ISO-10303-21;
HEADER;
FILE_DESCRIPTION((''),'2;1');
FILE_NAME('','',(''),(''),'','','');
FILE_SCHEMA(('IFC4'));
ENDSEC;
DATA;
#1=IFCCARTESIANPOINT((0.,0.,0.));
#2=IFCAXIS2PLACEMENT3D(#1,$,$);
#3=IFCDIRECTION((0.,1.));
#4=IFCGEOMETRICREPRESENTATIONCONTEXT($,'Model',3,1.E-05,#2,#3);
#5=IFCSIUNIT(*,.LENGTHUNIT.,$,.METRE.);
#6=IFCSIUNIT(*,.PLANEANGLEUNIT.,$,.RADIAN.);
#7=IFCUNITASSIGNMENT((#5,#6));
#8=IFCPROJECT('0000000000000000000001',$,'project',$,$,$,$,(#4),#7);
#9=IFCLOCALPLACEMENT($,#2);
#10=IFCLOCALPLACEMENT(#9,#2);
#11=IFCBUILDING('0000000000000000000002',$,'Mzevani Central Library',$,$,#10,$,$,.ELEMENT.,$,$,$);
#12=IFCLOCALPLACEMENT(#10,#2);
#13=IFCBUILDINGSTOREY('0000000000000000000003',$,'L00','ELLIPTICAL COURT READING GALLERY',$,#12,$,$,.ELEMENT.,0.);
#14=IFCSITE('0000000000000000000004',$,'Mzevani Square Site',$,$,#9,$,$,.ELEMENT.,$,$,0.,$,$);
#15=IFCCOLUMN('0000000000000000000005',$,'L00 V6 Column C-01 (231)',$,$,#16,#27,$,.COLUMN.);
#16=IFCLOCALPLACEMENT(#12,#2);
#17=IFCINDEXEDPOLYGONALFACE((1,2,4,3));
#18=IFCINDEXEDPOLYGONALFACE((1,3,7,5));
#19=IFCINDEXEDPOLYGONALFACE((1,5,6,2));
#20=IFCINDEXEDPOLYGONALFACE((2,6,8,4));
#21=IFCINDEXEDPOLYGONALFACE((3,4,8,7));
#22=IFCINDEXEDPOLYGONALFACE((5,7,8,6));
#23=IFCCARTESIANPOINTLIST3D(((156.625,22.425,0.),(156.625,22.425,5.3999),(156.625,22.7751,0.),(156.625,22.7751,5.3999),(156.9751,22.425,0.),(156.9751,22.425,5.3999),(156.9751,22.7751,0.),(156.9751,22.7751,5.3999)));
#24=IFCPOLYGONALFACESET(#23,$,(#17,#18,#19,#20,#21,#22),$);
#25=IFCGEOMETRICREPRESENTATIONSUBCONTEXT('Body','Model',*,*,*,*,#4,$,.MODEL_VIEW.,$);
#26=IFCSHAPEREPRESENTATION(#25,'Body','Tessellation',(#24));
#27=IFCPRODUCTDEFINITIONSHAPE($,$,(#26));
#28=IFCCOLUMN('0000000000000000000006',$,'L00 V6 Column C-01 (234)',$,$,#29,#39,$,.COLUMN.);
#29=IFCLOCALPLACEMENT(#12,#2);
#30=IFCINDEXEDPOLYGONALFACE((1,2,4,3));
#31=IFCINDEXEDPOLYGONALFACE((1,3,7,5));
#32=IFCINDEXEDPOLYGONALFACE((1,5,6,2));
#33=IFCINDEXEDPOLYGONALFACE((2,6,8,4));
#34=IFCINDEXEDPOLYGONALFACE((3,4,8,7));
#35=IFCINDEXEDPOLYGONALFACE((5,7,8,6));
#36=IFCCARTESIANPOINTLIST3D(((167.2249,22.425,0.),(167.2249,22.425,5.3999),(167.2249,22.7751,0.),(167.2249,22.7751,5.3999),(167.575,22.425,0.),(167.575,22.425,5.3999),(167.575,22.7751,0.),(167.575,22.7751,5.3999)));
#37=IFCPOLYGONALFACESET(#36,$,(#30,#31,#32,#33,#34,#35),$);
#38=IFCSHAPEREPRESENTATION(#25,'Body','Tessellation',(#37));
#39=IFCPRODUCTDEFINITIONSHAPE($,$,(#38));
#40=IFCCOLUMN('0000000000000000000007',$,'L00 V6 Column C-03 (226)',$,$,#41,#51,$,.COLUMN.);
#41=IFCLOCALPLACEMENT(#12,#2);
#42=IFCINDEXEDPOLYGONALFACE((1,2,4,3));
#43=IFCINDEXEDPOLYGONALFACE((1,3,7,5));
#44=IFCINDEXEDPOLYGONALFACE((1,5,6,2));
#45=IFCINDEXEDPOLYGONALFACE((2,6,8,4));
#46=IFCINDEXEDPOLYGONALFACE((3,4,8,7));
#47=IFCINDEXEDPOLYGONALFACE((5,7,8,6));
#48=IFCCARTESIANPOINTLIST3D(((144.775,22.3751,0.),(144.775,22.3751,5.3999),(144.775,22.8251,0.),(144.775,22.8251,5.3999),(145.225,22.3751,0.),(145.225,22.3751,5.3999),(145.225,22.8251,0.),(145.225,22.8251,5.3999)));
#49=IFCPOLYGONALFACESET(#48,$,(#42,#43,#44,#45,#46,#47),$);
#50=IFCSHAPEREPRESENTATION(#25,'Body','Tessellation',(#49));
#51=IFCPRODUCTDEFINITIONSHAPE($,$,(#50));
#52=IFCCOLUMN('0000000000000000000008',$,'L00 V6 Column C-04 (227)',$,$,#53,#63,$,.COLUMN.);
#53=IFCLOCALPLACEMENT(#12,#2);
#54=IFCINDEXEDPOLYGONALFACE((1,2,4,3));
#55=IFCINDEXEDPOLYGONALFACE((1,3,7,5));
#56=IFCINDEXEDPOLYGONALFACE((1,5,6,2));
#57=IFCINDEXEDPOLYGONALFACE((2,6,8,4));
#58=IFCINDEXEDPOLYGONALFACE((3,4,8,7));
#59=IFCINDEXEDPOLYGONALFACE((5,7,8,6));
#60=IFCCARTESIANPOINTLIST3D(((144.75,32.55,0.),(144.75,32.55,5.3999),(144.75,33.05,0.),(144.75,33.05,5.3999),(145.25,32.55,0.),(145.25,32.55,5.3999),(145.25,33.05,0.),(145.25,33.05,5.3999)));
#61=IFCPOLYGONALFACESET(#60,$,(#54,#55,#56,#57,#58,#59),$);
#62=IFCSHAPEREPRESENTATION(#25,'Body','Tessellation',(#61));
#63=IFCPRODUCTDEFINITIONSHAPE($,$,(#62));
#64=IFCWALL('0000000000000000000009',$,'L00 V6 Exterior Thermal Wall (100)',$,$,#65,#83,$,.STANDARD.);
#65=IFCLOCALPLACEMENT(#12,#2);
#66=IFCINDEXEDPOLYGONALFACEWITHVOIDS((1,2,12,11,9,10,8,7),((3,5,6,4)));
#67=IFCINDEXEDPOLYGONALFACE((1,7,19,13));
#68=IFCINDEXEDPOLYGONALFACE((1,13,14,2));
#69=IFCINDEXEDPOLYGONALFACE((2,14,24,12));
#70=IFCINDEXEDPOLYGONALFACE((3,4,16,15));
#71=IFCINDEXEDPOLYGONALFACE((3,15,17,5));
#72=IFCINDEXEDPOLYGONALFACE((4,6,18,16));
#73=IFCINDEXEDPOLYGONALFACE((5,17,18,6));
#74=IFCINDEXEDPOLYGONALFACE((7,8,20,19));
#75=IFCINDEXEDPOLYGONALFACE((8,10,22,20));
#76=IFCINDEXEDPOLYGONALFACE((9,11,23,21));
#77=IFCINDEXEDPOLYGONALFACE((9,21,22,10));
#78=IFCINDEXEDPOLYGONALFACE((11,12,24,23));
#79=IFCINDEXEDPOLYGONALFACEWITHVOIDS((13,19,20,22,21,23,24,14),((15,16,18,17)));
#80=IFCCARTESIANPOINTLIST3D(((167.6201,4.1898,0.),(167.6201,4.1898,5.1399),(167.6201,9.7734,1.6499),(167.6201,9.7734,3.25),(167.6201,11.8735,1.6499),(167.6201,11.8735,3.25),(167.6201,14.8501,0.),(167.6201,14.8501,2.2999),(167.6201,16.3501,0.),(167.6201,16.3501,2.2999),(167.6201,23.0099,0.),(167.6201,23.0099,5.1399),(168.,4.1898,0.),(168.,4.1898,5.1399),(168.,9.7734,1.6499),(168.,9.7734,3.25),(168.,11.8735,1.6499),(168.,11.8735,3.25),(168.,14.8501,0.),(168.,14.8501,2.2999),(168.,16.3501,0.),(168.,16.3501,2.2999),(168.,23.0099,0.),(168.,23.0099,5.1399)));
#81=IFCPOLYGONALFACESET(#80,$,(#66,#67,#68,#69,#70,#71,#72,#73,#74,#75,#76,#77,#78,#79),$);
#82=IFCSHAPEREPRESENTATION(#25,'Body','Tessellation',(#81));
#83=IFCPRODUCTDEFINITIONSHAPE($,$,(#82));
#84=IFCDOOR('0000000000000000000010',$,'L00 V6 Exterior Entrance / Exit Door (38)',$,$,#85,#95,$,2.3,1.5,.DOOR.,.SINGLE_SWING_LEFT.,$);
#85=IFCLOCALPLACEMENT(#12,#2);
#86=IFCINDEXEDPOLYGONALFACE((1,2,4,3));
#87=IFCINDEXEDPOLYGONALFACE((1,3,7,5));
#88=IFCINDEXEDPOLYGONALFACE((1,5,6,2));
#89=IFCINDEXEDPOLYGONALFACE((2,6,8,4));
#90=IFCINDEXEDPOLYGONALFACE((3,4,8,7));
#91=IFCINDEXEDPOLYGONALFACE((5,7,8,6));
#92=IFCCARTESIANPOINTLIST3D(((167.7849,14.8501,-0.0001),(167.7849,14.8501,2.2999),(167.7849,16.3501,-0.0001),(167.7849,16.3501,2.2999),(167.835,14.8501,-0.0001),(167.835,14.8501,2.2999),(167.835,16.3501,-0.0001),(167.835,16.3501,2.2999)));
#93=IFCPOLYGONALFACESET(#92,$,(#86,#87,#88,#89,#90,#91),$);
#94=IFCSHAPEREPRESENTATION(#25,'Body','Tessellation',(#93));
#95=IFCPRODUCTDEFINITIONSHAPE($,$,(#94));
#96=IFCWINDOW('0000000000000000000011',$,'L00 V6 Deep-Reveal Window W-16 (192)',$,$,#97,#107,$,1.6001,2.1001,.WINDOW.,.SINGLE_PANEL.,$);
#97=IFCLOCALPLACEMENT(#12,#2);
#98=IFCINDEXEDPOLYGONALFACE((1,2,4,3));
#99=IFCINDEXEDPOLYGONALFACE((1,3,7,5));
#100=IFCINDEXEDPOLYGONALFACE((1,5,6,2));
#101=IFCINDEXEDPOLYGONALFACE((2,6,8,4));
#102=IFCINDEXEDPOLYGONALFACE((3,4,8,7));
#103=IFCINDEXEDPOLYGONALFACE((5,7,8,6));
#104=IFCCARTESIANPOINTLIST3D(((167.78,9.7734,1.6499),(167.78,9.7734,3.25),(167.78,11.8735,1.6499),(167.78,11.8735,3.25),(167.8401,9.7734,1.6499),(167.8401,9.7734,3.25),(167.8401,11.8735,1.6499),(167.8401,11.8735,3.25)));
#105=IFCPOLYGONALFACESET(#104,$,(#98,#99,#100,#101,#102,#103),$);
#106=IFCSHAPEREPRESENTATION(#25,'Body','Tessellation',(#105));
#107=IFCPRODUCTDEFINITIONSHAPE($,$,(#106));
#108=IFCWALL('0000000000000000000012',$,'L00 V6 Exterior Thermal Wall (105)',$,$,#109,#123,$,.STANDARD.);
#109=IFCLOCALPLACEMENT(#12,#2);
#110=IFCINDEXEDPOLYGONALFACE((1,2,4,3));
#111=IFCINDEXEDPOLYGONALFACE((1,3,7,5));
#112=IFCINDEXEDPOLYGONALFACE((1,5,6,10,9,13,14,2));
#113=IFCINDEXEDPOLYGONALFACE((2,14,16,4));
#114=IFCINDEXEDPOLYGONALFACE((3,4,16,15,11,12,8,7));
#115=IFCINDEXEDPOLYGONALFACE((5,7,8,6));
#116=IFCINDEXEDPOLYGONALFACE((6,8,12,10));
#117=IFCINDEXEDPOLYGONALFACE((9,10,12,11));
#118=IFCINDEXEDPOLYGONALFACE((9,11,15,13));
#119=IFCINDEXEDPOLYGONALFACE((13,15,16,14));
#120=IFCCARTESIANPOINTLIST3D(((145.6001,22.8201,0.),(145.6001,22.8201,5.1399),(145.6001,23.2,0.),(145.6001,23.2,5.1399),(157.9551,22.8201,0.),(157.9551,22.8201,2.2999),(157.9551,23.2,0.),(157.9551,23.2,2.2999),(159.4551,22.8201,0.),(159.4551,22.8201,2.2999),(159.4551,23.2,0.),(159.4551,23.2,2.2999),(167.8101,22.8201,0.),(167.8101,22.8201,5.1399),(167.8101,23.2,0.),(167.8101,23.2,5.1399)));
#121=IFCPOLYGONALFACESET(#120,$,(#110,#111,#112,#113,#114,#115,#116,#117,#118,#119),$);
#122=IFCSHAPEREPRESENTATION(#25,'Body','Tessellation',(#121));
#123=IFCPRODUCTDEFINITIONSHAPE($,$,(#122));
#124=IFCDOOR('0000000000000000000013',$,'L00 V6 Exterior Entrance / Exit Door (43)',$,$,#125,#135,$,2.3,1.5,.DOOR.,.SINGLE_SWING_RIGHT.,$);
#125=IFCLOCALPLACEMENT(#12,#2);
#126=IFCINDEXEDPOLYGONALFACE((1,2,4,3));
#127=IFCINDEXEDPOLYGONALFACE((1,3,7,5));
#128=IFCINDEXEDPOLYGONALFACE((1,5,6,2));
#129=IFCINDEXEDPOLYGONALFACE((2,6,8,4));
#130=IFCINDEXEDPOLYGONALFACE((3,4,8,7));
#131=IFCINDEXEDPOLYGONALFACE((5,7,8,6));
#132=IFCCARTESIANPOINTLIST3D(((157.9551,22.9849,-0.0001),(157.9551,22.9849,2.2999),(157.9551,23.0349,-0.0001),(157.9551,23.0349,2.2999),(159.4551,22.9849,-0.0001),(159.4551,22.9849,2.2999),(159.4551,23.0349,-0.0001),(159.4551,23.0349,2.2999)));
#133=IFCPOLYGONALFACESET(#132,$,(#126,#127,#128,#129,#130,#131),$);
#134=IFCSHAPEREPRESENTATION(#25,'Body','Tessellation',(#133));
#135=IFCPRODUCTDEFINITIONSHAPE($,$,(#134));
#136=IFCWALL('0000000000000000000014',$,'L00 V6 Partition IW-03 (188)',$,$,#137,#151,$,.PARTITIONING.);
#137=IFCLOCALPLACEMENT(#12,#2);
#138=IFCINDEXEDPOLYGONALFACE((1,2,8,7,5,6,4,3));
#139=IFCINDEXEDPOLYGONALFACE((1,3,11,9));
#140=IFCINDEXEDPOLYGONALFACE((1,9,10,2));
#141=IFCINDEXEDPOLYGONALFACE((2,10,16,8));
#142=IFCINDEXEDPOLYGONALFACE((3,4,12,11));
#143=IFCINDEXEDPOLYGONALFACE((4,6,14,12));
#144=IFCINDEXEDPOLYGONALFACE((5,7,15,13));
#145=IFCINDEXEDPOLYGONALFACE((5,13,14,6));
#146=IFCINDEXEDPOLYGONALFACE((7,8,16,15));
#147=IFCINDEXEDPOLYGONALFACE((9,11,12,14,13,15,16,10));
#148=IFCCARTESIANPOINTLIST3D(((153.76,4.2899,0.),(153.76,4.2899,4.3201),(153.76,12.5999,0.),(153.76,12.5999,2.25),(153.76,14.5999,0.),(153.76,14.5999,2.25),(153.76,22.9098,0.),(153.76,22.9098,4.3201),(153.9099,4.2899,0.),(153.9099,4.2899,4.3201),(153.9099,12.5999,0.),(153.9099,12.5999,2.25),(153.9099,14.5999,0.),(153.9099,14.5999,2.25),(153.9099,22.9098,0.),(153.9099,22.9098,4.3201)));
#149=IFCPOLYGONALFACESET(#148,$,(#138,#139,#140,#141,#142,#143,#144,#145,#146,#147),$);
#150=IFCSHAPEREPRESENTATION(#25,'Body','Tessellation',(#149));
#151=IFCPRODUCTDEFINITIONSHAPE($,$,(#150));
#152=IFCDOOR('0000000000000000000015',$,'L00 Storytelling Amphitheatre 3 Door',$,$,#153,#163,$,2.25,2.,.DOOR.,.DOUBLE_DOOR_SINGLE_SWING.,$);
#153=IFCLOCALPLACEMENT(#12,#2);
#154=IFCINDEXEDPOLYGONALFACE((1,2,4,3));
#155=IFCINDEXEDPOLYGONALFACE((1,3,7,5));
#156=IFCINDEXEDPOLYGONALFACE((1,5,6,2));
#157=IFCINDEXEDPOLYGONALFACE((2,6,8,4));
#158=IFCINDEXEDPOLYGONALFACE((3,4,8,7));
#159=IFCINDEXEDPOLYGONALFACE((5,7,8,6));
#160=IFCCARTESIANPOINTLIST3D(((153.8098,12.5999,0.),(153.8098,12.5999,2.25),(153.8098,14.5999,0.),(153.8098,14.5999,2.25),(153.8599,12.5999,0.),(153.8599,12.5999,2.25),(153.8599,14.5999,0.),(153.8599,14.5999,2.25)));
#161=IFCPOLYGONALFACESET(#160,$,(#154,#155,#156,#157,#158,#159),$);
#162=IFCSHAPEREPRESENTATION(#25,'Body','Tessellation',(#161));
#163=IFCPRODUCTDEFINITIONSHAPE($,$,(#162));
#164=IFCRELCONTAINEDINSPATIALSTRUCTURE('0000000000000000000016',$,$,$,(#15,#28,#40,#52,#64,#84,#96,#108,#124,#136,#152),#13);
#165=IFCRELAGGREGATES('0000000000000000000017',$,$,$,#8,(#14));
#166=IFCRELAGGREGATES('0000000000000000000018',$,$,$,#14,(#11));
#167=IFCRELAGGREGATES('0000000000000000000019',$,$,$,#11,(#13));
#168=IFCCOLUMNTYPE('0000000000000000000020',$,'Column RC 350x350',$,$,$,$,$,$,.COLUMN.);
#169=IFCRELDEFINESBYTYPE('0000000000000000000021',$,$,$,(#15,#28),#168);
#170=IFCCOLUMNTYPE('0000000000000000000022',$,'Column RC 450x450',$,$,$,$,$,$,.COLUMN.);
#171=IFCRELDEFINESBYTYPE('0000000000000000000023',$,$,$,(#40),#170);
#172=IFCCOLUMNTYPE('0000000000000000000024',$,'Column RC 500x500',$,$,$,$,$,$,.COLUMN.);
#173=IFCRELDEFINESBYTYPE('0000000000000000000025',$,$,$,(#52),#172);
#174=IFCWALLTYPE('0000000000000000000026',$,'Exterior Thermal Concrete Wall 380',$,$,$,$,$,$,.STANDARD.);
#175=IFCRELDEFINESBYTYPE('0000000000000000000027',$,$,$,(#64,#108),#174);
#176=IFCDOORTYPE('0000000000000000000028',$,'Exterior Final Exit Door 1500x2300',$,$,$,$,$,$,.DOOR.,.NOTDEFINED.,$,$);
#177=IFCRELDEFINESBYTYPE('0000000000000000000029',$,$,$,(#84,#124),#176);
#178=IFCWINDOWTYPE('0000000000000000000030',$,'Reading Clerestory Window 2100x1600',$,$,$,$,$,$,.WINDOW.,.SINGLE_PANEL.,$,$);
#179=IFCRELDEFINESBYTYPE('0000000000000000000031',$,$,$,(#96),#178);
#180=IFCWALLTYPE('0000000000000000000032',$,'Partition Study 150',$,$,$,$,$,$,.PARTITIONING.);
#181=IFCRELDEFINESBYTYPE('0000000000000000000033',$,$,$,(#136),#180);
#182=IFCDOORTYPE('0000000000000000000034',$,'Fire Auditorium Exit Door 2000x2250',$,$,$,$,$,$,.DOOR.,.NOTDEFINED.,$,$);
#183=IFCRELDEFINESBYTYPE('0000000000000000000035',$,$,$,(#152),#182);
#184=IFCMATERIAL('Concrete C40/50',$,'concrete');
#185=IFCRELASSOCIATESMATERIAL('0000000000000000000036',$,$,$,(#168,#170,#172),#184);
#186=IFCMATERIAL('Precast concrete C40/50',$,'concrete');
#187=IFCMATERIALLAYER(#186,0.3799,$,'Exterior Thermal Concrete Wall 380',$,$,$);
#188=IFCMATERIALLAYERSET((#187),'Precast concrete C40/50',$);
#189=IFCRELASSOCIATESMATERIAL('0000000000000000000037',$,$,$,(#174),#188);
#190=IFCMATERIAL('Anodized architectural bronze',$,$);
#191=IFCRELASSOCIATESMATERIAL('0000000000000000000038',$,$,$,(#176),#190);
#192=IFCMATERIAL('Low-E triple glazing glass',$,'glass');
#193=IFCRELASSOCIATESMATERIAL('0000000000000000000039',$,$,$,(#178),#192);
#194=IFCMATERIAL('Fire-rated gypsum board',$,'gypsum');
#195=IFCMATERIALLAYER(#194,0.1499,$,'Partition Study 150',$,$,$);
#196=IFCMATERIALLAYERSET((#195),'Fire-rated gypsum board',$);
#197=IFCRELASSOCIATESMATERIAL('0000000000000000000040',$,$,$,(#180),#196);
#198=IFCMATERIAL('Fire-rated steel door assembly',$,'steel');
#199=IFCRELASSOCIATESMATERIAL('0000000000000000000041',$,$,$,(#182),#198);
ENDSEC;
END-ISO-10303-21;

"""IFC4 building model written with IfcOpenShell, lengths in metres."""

from ifc_helpers import new_model, si_unit, direction, frame, frame_2d, origin, origin_2d, place, context, subcontext, project, spatial, rectangle, extrude, material, layer, layer_set, material_profile, profile_set, type_object, element, fill, save


model = new_model("IFC4")

# Units and contexts
model_context = context("Model", 3, precision=1e-05, world=origin(), true_north=direction((0.0, 1.0)))
body_context = subcontext(model_context, "Body", "Model", "MODEL_VIEW")
ifc_project = project(units=[si_unit("LENGTHUNIT", "METRE"), si_unit("PLANEANGLEUNIT", "RADIAN")], contexts=[model_context])

# Site, building, storey
site_placement = place(None, origin())
site = spatial("IfcSite", under=ifc_project, at=site_placement, Name="Mzevani Square Site", CompositionType="ELEMENT", RefElevation=0.0)
building_placement = place(site_placement, origin())
building = spatial("IfcBuilding", under=site, at=building_placement, Name="Mzevani Central Library", CompositionType="ELEMENT")
storey_placement = place(building_placement, origin())
storey = spatial("IfcBuildingStorey", under=building, at=storey_placement, Name="L00", Description="ELLIPTICAL COURT READING GALLERY", CompositionType="ELEMENT", Elevation=0.0)

# Columns
ifc_material_1 = material(Name="Concrete C40/50", Category="concrete")
ifc_material_profile_1 = material_profile(ifc_material_1, rectangle(XDim=0.3501, YDim=0.3501, at=origin_2d()), Name="RC 350x350")
ifc_profile_set_1 = profile_set([ifc_material_profile_1], Name="Concrete C40/50")
column_type_1 = type_object("IfcColumnType", Name="Column RC 350x350", PredefinedType="COLUMN", material=ifc_profile_set_1)
for number, where, z_axis, x_axis, name in (
    (1, (156.8, 22.6001, 0.0), (0.0, 0.0, 1.0), (1.0, 0.0, 0.0), "L00 V6 Column C-01 (231)"),
    (2, (167.3999, 22.6001, 0.0), (0.0, 0.0, 1.0), (1.0, 0.0, 0.0), "L00 V6 Column C-01 (234)"),
):
    element("IfcColumn", number, at=place(storey_placement, frame(where, z_axis=z_axis, x_axis=x_axis)), inside=storey, type_object=column_type_1, Name=name, PredefinedType="COLUMN", context=body_context, shape_type="SweptSolid", body=[
        extrude(rectangle(XDim=0.3501, YDim=0.3501, at=origin_2d()), origin(), (0.0, 0.0, 1.0), 5.3999),
    ])
ifc_material_profile_2 = material_profile(ifc_material_1, rectangle(XDim=0.45, YDim=0.45, at=origin_2d()), Name="RC 450x450")
ifc_profile_set_2 = profile_set([ifc_material_profile_2], Name="Concrete C40/50")
column_type_2 = type_object("IfcColumnType", Name="Column RC 450x450", PredefinedType="COLUMN", material=ifc_profile_set_2)
column_1_placement = place(storey_placement, frame((145.0, 22.6001, 0.0), z_axis=(0.0, 0.0, 1.0), x_axis=(1.0, 0.0, 0.0)))
element("IfcColumn", 3, at=column_1_placement, inside=storey, type_object=column_type_2, Name="L00 V6 Column C-03 (226)", PredefinedType="COLUMN", context=body_context, shape_type="SweptSolid", body=[
    extrude(rectangle(XDim=0.45, YDim=0.45, at=origin_2d()), origin(), (0.0, 0.0, 1.0), 5.3999),
])
ifc_material_profile_3 = material_profile(ifc_material_1, rectangle(XDim=0.5, YDim=0.5, at=origin_2d()), Name="RC 500x500")
ifc_profile_set_3 = profile_set([ifc_material_profile_3], Name="Concrete C40/50")
column_type_3 = type_object("IfcColumnType", Name="Column RC 500x500", PredefinedType="COLUMN", material=ifc_profile_set_3)
column_2_placement = place(storey_placement, frame((145.0, 32.8, 0.0), z_axis=(0.0, 0.0, 1.0), x_axis=(1.0, 0.0, 0.0)))
element("IfcColumn", 4, at=column_2_placement, inside=storey, type_object=column_type_3, Name="L00 V6 Column C-04 (227)", PredefinedType="COLUMN", context=body_context, shape_type="SweptSolid", body=[
    extrude(rectangle(XDim=0.5, YDim=0.5, at=origin_2d()), origin(), (0.0, 0.0, 1.0), 5.3999),
])

# Wall, openings, door, window
ifc_material_2 = material(Name="Precast concrete C40/50", Category="concrete")
ifc_layer_1 = layer(ifc_material_2, 0.3799, Name="Exterior Thermal Concrete Wall 380")
ifc_layer_set_1 = layer_set([ifc_layer_1], Name="Precast concrete C40/50")
wall_type_1 = type_object("IfcWallType", Name="Exterior Thermal Concrete Wall 380", PredefinedType="STANDARD", material=ifc_layer_set_1)
wall_1_placement = place(storey_placement, frame((167.8101, 23.01, 0.0), z_axis=(0.0, 0.0, 1.0), x_axis=(0.0, -1.0, 0.0)))
wall_1 = element("IfcWall", 5, at=wall_1_placement, inside=storey, type_object=wall_type_1, Name="L00 V6 Exterior Thermal Wall (100)", PredefinedType="STANDARD", context=body_context, shape_type="SweptSolid", body=[
    extrude(rectangle(XDim=18.8201, YDim=0.3799, at=frame_2d((9.4102, 0.0))), origin(), (0.0, 0.0, 1.0), 5.1399),
])
opening_1_placement = place(wall_1_placement, frame((6.6599, 0.0, 0.0)))
opening_1 = element("IfcOpeningElement", 6, at=opening_1_placement, cuts=wall_1, PredefinedType="OPENING", context=body_context, shape_type="SweptSolid", body=[
    extrude(rectangle(XDim=1.5, YDim=2.3, at=frame_2d((0.75, 1.1499))), frame((0.0, 0.2, 0.0), z_axis=(0.0, -1.0, 0.0), x_axis=(1.0, 0.0, 0.0)), (0.0, 0.0, 1.0), 0.3999),
])
opening_2_placement = place(wall_1_placement, frame((11.1365, 0.0, 1.6499)))
opening_2 = element("IfcOpeningElement", 7, at=opening_2_placement, cuts=wall_1, PredefinedType="OPENING", context=body_context, shape_type="SweptSolid", body=[
    extrude(rectangle(XDim=2.1001, YDim=1.6001, at=frame_2d((1.05, 0.8))), frame((0.0, 0.2, 0.0), z_axis=(0.0, -1.0, 0.0), x_axis=(1.0, 0.0, 0.0)), (0.0, 0.0, 1.0), 0.3999),
])
ifc_material_3 = material(Name="Anodized architectural bronze")
door_type_1 = type_object("IfcDoorType", Name="Exterior Final Exit Door 1500x2300", OperationType="NOTDEFINED", PredefinedType="DOOR", material=ifc_material_3)
door_1_placement = place(opening_1_placement, origin())
door_1 = element("IfcDoor", 8, at=door_1_placement, inside=storey, type_object=door_type_1, Name="L00 V6 Exterior Entrance / Exit Door (38)", OperationType="SINGLE_SWING_LEFT", OverallHeight=2.3, OverallWidth=1.5, PredefinedType="DOOR", context=body_context, shape_type="SweptSolid", body=[
    extrude(rectangle(XDim=1.5, YDim=2.3, at=frame_2d((0.75, 1.1499))), frame((0.0, 0.0249, 0.0), z_axis=(0.0, -1.0, 0.0), x_axis=(1.0, 0.0, 0.0)), (0.0, 0.0, 1.0), 0.05),
])
fill(opening_1, door_1)
ifc_material_4 = material(Name="Low-E triple glazing glass", Category="glass")
window_type = type_object("IfcWindowType", Name="Reading Clerestory Window 2100x1600", PartitioningType="SINGLE_PANEL", PredefinedType="WINDOW", material=ifc_material_4)
window_placement = place(opening_2_placement, origin())
window = element("IfcWindow", 9, at=window_placement, inside=storey, type_object=window_type, Name="L00 V6 Deep-Reveal Window W-16 (192)", OverallHeight=1.6001, OverallWidth=2.1001, PartitioningType="SINGLE_PANEL", PredefinedType="WINDOW", context=body_context, shape_type="SweptSolid", body=[
    extrude(rectangle(XDim=2.1001, YDim=1.6001, at=frame_2d((1.05, 0.8))), frame((0.0, 0.03, 0.0), z_axis=(0.0, -1.0, 0.0), x_axis=(1.0, 0.0, 0.0)), (0.0, 0.0, 1.0), 0.0601),
])
fill(opening_2, window)

# Walls, openings, doors
wall_2_placement = place(storey_placement, frame((145.6001, 23.01, 0.0), z_axis=(0.0, 0.0, 1.0), x_axis=(1.0, 0.0, 0.0)))
wall_2 = element("IfcWall", 10, at=wall_2_placement, inside=storey, type_object=wall_type_1, Name="L00 V6 Exterior Thermal Wall (105)", PredefinedType="STANDARD", context=body_context, shape_type="SweptSolid", body=[
    extrude(rectangle(XDim=22.21, YDim=0.3799, at=frame_2d((11.105, 0.0))), origin(), (0.0, 0.0, 1.0), 5.1399),
])
opening_3_placement = place(wall_2_placement, frame((12.355, 0.0, 0.0)))
opening_3 = element("IfcOpeningElement", 11, at=opening_3_placement, cuts=wall_2, PredefinedType="OPENING", context=body_context, shape_type="SweptSolid", body=[
    extrude(rectangle(XDim=1.5, YDim=2.3, at=frame_2d((0.75, 1.1499))), frame((0.0, 0.2, 0.0), z_axis=(0.0, -1.0, 0.0), x_axis=(1.0, 0.0, 0.0)), (0.0, 0.0, 1.0), 0.3999),
])
door_2_placement = place(opening_3_placement, origin())
door_2 = element("IfcDoor", 12, at=door_2_placement, inside=storey, type_object=door_type_1, Name="L00 V6 Exterior Entrance / Exit Door (43)", OperationType="SINGLE_SWING_RIGHT", OverallHeight=2.3, OverallWidth=1.5, PredefinedType="DOOR", context=body_context, shape_type="SweptSolid", body=[
    extrude(rectangle(XDim=1.5, YDim=2.3, at=frame_2d((0.75, 1.1499))), frame((0.0, 0.0249, 0.0), z_axis=(0.0, -1.0, 0.0), x_axis=(1.0, 0.0, 0.0)), (0.0, 0.0, 1.0), 0.05),
])
fill(opening_3, door_2)
ifc_material_5 = material(Name="Fire-rated gypsum board", Category="gypsum")
ifc_layer_2 = layer(ifc_material_5, 0.1499, Name="Partition Study 150")
ifc_layer_set_2 = layer_set([ifc_layer_2], Name="Fire-rated gypsum board")
wall_type_2 = type_object("IfcWallType", Name="Partition Study 150", PredefinedType="PARTITIONING", material=ifc_layer_set_2)
wall_3_placement = place(storey_placement, frame((153.835, 22.9099, 0.0), z_axis=(0.0, 0.0, 1.0), x_axis=(0.0, -1.0, 0.0)))
wall_3 = element("IfcWall", 13, at=wall_3_placement, inside=storey, type_object=wall_type_2, Name="L00 V6 Partition IW-03 (188)", PredefinedType="PARTITIONING", context=body_context, shape_type="SweptSolid", body=[
    extrude(rectangle(XDim=18.6199, YDim=0.1499, at=frame_2d((9.3101, 0.0))), origin(), (0.0, 0.0, 1.0), 4.3201),
])
opening_4_placement = place(wall_3_placement, frame((8.3101, 0.0, 0.0)))
opening_4 = element("IfcOpeningElement", 14, at=opening_4_placement, cuts=wall_3, PredefinedType="OPENING", context=body_context, shape_type="SweptSolid", body=[
    extrude(rectangle(XDim=2.0, YDim=2.25, at=frame_2d((1.0, 1.125))), frame((0.0, 0.085, 0.0), z_axis=(0.0, -1.0, 0.0), x_axis=(1.0, 0.0, 0.0)), (0.0, 0.0, 1.0), 0.1699),
])
ifc_material_6 = material(Name="Fire-rated steel door assembly", Category="steel")
door_type_2 = type_object("IfcDoorType", Name="Fire Auditorium Exit Door 2000x2250", OperationType="NOTDEFINED", PredefinedType="DOOR", material=ifc_material_6)
door_3_placement = place(opening_4_placement, origin())
door_3 = element("IfcDoor", 15, at=door_3_placement, inside=storey, type_object=door_type_2, Name="L00 Storytelling Amphitheatre 3 Door", OperationType="DOUBLE_DOOR_SINGLE_SWING", OverallHeight=2.25, OverallWidth=2.0, PredefinedType="DOOR", context=body_context, shape_type="SweptSolid", body=[
    extrude(rectangle(XDim=2.0, YDim=2.25, at=frame_2d((1.0, 1.125))), frame((0.0, 0.0249, 0.0), z_axis=(0.0, -1.0, 0.0), x_axis=(1.0, 0.0, 0.0)), (0.0, 0.0, 1.0), 0.05),
])
fill(opening_4, door_3)

save(model, "model.ifc")
